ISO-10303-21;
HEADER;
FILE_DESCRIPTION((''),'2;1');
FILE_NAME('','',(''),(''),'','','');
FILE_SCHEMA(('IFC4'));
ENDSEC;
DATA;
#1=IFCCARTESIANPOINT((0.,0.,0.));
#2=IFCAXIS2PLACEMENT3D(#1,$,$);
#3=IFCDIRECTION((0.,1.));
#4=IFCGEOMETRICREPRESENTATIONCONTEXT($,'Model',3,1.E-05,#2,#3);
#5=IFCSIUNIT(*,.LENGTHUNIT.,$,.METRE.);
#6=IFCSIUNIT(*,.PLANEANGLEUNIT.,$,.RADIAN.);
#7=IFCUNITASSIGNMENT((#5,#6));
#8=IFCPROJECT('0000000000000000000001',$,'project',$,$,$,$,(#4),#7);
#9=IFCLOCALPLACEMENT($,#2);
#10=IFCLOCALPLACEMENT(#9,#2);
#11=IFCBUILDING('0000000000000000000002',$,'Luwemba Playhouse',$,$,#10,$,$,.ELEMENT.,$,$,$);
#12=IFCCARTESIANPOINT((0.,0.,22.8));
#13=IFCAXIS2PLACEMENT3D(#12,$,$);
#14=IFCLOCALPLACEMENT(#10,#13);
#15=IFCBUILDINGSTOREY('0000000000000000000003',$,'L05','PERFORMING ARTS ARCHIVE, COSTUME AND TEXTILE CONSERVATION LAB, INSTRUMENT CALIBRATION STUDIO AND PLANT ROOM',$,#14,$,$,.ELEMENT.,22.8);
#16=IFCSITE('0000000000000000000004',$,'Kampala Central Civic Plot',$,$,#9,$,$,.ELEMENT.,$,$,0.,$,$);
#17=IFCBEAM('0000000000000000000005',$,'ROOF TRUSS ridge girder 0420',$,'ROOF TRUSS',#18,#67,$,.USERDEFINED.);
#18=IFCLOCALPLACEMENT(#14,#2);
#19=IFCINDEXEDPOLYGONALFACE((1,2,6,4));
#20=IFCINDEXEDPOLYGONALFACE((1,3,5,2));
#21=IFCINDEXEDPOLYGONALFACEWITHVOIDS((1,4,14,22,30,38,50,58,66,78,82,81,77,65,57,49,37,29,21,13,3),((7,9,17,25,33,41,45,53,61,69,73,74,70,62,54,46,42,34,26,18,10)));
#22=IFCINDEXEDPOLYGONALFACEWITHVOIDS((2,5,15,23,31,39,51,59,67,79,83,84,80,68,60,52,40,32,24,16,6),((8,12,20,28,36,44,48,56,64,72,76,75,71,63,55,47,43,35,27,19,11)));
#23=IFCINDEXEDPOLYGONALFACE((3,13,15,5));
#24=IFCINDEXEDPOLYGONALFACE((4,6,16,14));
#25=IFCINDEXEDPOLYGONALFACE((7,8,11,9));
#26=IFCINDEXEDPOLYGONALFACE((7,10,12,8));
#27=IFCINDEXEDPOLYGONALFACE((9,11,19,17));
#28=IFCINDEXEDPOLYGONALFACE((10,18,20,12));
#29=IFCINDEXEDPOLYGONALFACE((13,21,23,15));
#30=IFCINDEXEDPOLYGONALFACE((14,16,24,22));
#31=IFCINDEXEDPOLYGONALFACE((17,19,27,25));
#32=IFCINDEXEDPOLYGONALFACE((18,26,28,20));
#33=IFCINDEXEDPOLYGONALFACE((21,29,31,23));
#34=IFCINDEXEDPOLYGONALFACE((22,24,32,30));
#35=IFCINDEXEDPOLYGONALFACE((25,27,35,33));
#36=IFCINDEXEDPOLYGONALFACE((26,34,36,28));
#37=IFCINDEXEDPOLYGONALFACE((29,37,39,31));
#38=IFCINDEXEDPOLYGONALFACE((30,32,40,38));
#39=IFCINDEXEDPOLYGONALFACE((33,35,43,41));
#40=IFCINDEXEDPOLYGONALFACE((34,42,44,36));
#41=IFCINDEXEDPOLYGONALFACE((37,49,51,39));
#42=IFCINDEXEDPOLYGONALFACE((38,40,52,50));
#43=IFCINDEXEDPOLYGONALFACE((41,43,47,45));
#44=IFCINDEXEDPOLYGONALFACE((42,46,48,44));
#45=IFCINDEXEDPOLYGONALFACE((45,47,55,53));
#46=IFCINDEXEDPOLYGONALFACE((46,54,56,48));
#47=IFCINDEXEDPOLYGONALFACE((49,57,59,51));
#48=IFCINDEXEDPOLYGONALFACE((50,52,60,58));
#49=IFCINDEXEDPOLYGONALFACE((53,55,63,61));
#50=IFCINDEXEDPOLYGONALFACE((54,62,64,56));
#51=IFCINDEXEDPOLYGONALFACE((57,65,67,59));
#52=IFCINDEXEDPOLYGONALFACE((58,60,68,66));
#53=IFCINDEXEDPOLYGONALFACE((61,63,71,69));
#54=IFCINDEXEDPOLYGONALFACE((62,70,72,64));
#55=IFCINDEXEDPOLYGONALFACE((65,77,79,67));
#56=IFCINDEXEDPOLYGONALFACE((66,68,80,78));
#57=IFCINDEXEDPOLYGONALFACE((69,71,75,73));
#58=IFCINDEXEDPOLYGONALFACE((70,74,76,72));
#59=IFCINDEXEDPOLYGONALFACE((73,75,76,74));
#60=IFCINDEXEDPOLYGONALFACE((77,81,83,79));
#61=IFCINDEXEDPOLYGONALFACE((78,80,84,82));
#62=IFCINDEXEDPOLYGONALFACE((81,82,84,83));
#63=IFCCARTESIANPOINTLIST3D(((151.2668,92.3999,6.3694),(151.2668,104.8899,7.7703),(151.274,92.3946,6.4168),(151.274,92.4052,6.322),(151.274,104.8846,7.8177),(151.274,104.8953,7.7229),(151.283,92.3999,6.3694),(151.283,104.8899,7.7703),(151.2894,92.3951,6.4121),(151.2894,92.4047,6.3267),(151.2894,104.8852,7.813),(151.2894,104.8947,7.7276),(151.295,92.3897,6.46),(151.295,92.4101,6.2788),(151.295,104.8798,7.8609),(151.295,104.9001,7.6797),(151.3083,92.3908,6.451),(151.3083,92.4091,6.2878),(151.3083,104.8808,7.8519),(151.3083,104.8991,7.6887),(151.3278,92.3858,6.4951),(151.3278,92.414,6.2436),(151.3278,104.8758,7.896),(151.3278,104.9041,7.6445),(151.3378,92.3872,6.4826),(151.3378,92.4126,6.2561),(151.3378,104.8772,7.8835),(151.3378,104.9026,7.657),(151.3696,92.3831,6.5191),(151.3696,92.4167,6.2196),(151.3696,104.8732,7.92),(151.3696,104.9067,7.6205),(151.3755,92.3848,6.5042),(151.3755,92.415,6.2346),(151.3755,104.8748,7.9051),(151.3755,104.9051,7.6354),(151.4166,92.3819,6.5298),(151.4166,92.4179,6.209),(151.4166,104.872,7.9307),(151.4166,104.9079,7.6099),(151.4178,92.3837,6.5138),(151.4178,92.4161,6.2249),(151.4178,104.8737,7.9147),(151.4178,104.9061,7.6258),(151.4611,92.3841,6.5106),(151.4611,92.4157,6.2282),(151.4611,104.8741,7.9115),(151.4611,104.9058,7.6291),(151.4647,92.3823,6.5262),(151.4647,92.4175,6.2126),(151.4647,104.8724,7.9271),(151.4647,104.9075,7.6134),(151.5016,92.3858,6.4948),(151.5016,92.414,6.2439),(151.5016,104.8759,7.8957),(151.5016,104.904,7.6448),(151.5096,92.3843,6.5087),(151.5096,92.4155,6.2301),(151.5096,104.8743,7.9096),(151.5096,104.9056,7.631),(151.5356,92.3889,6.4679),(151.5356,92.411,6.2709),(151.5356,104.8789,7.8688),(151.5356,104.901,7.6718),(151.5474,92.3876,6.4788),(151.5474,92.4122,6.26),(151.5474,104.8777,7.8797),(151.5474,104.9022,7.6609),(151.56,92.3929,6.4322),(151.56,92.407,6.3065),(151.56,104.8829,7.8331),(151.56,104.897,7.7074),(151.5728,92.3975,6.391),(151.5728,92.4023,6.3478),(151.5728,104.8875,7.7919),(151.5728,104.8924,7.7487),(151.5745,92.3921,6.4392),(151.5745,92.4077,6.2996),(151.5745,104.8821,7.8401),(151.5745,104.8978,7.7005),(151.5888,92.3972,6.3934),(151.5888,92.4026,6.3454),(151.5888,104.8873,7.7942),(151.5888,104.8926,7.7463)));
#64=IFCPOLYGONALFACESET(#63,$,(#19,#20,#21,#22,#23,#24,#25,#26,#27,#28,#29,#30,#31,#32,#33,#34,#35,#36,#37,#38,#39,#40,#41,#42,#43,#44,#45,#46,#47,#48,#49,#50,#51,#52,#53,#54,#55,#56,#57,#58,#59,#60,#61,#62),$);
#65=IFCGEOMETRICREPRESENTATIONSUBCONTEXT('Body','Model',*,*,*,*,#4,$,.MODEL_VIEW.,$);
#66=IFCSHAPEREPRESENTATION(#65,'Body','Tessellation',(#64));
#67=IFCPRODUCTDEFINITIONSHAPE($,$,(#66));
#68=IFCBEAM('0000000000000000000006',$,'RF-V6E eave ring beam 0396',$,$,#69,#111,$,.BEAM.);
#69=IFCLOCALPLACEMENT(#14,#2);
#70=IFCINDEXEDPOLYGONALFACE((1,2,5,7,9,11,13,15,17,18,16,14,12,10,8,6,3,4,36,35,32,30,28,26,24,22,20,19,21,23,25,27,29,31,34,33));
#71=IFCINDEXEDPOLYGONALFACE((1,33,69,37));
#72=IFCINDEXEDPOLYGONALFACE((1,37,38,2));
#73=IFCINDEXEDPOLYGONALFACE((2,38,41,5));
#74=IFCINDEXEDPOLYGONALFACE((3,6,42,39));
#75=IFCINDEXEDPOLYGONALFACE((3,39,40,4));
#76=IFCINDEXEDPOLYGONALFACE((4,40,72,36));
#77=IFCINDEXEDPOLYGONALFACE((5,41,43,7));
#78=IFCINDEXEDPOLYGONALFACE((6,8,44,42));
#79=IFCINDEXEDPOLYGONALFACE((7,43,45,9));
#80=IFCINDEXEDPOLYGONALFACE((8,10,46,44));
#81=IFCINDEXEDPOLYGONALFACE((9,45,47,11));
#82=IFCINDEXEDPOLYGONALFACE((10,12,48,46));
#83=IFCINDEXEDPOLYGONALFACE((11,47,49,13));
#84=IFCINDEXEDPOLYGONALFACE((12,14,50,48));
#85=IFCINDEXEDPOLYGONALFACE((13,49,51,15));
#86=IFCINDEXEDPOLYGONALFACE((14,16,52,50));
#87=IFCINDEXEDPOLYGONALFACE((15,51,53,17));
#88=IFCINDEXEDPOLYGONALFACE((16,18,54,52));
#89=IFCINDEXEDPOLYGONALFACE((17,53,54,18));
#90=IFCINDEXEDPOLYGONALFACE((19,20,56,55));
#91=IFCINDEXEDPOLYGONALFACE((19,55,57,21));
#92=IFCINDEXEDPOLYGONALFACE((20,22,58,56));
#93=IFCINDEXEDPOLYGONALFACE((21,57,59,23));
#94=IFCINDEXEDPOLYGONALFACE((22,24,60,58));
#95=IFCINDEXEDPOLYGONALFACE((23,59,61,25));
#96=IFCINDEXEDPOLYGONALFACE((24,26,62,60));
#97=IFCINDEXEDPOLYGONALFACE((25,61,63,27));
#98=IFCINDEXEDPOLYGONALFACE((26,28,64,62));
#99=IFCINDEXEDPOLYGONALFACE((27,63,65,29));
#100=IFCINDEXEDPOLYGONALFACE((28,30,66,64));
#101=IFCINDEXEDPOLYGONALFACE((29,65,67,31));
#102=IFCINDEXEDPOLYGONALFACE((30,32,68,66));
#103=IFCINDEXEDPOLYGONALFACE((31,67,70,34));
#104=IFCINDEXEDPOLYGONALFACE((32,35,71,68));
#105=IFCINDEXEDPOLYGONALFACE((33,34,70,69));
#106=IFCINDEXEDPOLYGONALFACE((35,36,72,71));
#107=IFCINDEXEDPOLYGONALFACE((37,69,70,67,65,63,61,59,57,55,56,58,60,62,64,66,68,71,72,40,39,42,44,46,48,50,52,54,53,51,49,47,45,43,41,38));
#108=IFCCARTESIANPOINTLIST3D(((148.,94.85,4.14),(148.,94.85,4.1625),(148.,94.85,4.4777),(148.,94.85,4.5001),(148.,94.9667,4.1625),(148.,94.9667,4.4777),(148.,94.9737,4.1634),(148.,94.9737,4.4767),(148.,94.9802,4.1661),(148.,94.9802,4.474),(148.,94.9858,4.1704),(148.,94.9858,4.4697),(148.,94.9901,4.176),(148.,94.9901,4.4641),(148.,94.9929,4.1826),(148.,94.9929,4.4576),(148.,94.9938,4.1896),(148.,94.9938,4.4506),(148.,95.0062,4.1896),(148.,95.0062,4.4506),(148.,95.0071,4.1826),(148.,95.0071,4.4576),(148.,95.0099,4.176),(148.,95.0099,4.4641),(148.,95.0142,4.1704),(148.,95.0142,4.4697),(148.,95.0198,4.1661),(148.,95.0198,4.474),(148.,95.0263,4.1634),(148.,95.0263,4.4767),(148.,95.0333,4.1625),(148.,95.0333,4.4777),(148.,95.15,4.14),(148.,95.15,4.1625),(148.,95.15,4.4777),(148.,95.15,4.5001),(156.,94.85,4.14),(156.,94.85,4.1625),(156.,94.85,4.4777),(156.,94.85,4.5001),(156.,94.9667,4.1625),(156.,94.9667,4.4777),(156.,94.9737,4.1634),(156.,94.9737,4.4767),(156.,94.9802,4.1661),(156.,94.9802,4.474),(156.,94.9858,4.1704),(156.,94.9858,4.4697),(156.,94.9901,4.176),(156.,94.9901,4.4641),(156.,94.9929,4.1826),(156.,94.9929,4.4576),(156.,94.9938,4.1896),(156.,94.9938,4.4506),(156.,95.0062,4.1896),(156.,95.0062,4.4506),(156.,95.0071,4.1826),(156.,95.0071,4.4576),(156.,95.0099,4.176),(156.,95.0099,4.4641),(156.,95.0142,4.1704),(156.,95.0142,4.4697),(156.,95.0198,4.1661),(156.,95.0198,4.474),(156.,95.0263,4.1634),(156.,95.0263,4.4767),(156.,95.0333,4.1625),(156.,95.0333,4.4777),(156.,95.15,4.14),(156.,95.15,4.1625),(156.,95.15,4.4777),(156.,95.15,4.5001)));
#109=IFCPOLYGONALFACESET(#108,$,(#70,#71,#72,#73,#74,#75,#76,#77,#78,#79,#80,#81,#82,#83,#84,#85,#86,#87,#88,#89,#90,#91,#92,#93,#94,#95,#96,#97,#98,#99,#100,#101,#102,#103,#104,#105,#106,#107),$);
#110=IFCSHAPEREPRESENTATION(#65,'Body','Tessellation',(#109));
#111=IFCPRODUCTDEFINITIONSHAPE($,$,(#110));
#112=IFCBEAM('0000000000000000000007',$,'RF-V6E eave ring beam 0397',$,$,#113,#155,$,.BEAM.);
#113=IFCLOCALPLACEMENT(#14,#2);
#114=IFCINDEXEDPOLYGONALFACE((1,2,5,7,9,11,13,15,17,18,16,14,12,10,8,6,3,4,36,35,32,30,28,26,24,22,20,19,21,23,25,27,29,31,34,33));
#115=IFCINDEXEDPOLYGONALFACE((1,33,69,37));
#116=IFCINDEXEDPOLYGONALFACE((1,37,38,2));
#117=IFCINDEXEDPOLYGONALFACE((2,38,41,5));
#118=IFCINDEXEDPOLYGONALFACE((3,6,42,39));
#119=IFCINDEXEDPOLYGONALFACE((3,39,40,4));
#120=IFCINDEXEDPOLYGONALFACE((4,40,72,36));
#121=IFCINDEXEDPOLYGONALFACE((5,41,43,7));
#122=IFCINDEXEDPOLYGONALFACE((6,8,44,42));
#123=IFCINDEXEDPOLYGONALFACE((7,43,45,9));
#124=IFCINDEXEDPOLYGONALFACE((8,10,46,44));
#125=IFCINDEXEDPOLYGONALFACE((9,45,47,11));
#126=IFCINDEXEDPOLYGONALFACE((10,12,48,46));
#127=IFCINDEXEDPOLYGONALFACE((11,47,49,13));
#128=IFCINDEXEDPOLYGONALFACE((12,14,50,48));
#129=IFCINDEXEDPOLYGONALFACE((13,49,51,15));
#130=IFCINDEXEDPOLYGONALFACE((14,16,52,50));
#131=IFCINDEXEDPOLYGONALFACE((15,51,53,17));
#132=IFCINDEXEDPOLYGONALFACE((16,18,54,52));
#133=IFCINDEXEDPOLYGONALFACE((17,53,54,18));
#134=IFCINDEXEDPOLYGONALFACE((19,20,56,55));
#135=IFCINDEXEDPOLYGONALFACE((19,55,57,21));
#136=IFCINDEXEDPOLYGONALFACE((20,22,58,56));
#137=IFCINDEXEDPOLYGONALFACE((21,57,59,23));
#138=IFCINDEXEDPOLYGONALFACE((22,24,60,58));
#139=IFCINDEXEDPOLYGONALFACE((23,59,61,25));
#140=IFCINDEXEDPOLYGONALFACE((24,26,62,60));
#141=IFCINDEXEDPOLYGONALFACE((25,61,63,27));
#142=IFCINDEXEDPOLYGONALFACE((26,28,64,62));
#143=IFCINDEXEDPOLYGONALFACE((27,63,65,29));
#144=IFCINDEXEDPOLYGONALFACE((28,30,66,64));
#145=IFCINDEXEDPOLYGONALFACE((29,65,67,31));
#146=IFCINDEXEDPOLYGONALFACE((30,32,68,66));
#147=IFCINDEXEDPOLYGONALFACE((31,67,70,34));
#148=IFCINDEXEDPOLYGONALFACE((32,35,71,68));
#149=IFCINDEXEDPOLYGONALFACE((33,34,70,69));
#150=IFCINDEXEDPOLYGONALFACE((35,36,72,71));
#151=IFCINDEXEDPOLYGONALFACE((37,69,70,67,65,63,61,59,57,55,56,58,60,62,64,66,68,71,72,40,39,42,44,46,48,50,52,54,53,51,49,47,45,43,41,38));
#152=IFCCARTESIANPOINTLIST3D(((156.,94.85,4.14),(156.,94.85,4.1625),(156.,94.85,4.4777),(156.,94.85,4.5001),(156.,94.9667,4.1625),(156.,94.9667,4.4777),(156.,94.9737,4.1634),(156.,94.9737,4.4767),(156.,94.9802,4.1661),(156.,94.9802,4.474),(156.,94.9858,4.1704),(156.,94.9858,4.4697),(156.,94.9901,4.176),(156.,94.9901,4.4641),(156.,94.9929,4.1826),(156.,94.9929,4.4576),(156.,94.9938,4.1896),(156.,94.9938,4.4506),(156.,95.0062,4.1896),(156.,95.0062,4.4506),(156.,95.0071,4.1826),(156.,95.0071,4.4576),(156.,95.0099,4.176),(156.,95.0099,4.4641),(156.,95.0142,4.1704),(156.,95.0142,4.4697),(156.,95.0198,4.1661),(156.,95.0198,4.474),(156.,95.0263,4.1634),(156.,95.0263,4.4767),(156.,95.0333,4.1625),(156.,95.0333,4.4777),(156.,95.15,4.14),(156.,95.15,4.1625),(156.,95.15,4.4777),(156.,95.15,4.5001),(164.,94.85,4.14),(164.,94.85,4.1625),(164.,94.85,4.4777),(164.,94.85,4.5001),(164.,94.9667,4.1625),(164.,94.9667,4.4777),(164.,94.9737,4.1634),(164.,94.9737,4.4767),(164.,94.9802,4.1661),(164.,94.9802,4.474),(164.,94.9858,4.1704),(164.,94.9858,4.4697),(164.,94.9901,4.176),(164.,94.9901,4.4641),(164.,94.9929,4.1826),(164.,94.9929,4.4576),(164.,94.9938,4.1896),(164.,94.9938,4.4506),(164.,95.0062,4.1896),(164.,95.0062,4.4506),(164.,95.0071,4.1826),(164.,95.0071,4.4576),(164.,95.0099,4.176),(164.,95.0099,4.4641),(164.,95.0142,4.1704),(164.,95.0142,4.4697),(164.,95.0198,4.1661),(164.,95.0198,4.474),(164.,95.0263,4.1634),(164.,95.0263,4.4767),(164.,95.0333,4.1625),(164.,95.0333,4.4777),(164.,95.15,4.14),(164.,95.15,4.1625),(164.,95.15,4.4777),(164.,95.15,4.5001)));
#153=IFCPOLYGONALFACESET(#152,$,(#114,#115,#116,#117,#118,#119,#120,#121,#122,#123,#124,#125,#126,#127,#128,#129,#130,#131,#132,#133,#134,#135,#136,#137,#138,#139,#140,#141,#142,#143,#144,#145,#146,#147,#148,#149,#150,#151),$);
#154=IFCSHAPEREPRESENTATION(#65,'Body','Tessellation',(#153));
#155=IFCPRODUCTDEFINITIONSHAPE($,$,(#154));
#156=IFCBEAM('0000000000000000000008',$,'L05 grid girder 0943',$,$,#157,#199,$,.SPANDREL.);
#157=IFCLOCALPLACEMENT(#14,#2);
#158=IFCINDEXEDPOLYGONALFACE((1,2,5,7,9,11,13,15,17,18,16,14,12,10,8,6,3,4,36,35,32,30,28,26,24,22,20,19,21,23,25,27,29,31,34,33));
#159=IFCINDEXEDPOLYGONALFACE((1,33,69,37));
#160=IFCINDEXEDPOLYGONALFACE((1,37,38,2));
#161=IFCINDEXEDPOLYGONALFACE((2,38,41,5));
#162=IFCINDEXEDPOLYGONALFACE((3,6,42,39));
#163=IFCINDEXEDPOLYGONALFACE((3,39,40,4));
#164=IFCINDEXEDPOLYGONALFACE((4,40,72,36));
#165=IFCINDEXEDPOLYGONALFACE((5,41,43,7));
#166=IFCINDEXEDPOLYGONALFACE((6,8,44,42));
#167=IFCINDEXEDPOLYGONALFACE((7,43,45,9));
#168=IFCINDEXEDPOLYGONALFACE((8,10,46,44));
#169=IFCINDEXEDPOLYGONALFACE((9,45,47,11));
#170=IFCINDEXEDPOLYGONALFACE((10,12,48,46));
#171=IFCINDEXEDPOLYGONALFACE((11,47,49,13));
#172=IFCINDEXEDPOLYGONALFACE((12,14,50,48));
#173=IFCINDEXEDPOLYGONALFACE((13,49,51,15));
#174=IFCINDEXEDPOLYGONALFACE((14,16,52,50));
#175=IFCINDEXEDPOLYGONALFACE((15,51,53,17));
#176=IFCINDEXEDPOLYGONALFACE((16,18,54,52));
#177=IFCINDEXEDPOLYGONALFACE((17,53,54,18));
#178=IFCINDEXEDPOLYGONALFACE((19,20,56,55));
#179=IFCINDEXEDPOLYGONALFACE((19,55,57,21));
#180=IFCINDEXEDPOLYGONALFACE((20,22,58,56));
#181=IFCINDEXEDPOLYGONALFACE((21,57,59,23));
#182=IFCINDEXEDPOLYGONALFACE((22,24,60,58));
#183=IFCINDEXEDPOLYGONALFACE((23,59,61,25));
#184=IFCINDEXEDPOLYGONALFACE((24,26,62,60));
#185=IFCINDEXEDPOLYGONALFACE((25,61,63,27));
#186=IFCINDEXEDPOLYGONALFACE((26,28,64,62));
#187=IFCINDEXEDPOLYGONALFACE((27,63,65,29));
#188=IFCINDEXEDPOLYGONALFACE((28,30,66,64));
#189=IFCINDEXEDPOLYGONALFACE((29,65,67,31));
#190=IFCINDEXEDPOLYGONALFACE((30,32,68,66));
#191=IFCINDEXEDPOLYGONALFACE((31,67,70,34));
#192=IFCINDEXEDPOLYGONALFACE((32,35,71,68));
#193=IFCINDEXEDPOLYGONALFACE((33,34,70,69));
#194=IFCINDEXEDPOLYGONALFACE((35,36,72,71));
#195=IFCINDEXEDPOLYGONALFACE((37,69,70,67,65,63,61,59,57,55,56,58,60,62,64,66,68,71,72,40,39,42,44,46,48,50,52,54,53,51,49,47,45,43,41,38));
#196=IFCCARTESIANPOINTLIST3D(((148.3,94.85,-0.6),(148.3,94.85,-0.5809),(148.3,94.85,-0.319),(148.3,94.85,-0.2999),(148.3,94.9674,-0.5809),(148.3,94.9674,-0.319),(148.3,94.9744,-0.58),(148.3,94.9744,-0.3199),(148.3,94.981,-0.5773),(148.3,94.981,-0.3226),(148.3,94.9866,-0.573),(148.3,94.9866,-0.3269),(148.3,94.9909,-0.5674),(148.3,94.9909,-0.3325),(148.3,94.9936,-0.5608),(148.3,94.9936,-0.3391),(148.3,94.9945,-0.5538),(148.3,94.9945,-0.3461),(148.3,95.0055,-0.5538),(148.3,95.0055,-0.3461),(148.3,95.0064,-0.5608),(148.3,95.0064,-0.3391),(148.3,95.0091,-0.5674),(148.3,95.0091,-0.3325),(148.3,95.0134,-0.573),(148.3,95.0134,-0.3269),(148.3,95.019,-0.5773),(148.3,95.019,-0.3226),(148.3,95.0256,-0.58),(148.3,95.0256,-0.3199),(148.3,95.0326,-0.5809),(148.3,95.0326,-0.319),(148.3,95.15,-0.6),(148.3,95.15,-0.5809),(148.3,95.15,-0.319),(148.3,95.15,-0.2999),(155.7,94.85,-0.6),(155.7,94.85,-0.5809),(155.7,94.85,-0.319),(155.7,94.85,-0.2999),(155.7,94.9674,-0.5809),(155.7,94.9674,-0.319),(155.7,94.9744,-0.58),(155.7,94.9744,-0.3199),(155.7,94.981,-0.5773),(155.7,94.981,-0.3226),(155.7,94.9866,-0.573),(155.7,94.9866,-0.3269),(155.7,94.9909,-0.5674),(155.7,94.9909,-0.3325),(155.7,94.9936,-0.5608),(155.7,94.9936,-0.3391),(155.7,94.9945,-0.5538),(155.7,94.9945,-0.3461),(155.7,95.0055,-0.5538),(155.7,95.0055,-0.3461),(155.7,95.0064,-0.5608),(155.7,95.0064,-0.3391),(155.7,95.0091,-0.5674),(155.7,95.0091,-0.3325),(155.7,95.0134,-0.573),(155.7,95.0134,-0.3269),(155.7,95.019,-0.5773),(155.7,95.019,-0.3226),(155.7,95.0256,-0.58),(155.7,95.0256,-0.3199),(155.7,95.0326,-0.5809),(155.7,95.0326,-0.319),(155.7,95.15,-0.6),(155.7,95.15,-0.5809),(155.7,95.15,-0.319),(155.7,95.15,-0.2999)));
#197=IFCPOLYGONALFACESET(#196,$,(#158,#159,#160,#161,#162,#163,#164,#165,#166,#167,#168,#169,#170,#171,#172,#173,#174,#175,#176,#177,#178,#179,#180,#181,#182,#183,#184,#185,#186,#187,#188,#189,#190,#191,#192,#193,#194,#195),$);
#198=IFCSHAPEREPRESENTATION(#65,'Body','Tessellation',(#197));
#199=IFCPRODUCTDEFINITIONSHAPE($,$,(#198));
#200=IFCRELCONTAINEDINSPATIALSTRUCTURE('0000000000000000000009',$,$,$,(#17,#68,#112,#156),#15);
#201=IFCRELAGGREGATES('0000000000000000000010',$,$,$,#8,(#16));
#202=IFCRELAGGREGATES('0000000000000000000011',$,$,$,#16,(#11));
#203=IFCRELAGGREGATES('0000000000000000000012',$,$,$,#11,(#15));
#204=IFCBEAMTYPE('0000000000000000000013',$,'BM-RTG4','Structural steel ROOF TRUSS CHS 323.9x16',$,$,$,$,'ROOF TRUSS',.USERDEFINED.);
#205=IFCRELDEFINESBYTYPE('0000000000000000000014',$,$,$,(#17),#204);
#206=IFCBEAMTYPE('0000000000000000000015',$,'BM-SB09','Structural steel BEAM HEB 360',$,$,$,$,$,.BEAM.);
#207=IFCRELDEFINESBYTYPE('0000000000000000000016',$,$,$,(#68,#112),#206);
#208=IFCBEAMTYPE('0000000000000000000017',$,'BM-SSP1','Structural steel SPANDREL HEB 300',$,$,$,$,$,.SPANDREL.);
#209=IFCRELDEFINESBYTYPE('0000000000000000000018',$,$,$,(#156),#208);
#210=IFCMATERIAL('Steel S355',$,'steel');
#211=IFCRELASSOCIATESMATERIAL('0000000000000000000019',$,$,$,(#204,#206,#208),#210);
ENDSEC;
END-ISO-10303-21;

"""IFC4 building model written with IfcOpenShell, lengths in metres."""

from ifc_helpers import new_model, si_unit, direction, frame, origin, origin_2d, place, context, subcontext, project, spatial, hollow_circle, i_section, extrude, material, material_profile, profile_set, type_object, element, save


model = new_model("IFC4")

# Units and contexts
model_context = context("Model", 3, precision=1e-05, world=origin(), true_north=direction((0.0, 1.0)))
body_context = subcontext(model_context, "Body", "Model", "MODEL_VIEW")
ifc_project = project(units=[si_unit("LENGTHUNIT", "METRE"), si_unit("PLANEANGLEUNIT", "RADIAN")], contexts=[model_context])

# Site, building, storey
site_placement = place(None, origin())
site = spatial("IfcSite", under=ifc_project, at=site_placement, Name="Kampala Central Civic Plot", CompositionType="ELEMENT", RefElevation=0.0)
building_placement = place(site_placement, origin())
building = spatial("IfcBuilding", under=site, at=building_placement, Name="Luwemba Playhouse", CompositionType="ELEMENT")
storey_placement = place(building_placement, frame((0.0, 0.0, 22.8)))
storey = spatial("IfcBuildingStorey", under=building, at=storey_placement, Name="L05", Description="PERFORMING ARTS ARCHIVE, COSTUME AND TEXTILE CONSERVATION LAB, INSTRUMENT CALIBRATION STUDIO AND PLANT ROOM", CompositionType="ELEMENT", Elevation=22.8)

# Beams
ifc_material_1 = material(Name="Steel S355", Category="steel")
ifc_material_profile_1 = material_profile(ifc_material_1, hollow_circle(Radius=0.1619, WallThickness=0.0161, at=origin_2d()))
ifc_profile_set_1 = profile_set([ifc_material_profile_1], Name="Steel S355")
beam_type_1 = type_object("IfcBeamType", Name="BM-RTG4", Description="Structural steel ROOF TRUSS CHS 323.9x16", ElementType="ROOF TRUSS", PredefinedType="USERDEFINED", material=ifc_profile_set_1)
beam_1_placement = place(storey_placement, frame((151.4287, 92.3999, 6.3694), z_axis=(0.0, 0.993769, 0.111461), x_axis=(-1.0, 0.0, 0.0)))
element("IfcBeam", 1, at=beam_1_placement, inside=storey, type_object=beam_type_1, Name="ROOF TRUSS ridge girder 0420", ObjectType="ROOF TRUSS", PredefinedType="USERDEFINED", context=body_context, shape_type="SweptSolid", body=[
    extrude(hollow_circle(Radius=0.1619, WallThickness=0.0161, at=origin_2d()), origin(), (0.0, 0.0, 1.0), 12.5684),
])
ifc_material_profile_2 = material_profile(ifc_material_1, i_section(OverallWidth=0.3, OverallDepth=0.3601, WebThickness=0.0125, FlangeThickness=0.0225, FilletRadius=0.0271, at=origin_2d()))
ifc_profile_set_2 = profile_set([ifc_material_profile_2], Name="Steel S355")
beam_type_2 = type_object("IfcBeamType", Name="BM-SB09", Description="Structural steel BEAM HEB 360", PredefinedType="BEAM", material=ifc_profile_set_2)
for number, where, z_axis, x_axis, name in (
    (2, (148.0, 95.0, 4.3201), (1.0, 0.0, 0.0), (0.0, 1.0, 0.0), "RF-V6E eave ring beam 0396"),
    (3, (156.0, 95.0, 4.3201), (1.0, 0.0, 0.0), (0.0, 1.0, 0.0), "RF-V6E eave ring beam 0397"),
):
    element("IfcBeam", number, at=place(storey_placement, frame(where, z_axis=z_axis, x_axis=x_axis)), inside=storey, type_object=beam_type_2, Name=name, PredefinedType="BEAM", context=body_context, shape_type="SweptSolid", body=[
        extrude(i_section(OverallWidth=0.3, OverallDepth=0.3601, WebThickness=0.0125, FlangeThickness=0.0225, FilletRadius=0.0271, at=origin_2d()), origin(), (0.0, 0.0, 1.0), 8.0),
    ])
ifc_material_profile_3 = material_profile(ifc_material_1, i_section(OverallWidth=0.3, OverallDepth=0.3, WebThickness=0.011, FlangeThickness=0.019, FilletRadius=0.0271, at=origin_2d()))
ifc_profile_set_3 = profile_set([ifc_material_profile_3], Name="Steel S355")
beam_type_3 = type_object("IfcBeamType", Name="BM-SSP1", Description="Structural steel SPANDREL HEB 300", PredefinedType="SPANDREL", material=ifc_profile_set_3)
beam_2_placement = place(storey_placement, frame((148.3, 95.0, -0.45), z_axis=(1.0, 0.0, 0.0), x_axis=(0.0, 1.0, 0.0)))
element("IfcBeam", 4, at=beam_2_placement, inside=storey, type_object=beam_type_3, Name="L05 grid girder 0943", PredefinedType="SPANDREL", context=body_context, shape_type="SweptSolid", body=[
    extrude(i_section(OverallWidth=0.3, OverallDepth=0.3, WebThickness=0.011, FlangeThickness=0.019, FilletRadius=0.0271, at=origin_2d()), origin(), (0.0, 0.0, 1.0), 7.3999),
])

save(model, "model.ifc")
